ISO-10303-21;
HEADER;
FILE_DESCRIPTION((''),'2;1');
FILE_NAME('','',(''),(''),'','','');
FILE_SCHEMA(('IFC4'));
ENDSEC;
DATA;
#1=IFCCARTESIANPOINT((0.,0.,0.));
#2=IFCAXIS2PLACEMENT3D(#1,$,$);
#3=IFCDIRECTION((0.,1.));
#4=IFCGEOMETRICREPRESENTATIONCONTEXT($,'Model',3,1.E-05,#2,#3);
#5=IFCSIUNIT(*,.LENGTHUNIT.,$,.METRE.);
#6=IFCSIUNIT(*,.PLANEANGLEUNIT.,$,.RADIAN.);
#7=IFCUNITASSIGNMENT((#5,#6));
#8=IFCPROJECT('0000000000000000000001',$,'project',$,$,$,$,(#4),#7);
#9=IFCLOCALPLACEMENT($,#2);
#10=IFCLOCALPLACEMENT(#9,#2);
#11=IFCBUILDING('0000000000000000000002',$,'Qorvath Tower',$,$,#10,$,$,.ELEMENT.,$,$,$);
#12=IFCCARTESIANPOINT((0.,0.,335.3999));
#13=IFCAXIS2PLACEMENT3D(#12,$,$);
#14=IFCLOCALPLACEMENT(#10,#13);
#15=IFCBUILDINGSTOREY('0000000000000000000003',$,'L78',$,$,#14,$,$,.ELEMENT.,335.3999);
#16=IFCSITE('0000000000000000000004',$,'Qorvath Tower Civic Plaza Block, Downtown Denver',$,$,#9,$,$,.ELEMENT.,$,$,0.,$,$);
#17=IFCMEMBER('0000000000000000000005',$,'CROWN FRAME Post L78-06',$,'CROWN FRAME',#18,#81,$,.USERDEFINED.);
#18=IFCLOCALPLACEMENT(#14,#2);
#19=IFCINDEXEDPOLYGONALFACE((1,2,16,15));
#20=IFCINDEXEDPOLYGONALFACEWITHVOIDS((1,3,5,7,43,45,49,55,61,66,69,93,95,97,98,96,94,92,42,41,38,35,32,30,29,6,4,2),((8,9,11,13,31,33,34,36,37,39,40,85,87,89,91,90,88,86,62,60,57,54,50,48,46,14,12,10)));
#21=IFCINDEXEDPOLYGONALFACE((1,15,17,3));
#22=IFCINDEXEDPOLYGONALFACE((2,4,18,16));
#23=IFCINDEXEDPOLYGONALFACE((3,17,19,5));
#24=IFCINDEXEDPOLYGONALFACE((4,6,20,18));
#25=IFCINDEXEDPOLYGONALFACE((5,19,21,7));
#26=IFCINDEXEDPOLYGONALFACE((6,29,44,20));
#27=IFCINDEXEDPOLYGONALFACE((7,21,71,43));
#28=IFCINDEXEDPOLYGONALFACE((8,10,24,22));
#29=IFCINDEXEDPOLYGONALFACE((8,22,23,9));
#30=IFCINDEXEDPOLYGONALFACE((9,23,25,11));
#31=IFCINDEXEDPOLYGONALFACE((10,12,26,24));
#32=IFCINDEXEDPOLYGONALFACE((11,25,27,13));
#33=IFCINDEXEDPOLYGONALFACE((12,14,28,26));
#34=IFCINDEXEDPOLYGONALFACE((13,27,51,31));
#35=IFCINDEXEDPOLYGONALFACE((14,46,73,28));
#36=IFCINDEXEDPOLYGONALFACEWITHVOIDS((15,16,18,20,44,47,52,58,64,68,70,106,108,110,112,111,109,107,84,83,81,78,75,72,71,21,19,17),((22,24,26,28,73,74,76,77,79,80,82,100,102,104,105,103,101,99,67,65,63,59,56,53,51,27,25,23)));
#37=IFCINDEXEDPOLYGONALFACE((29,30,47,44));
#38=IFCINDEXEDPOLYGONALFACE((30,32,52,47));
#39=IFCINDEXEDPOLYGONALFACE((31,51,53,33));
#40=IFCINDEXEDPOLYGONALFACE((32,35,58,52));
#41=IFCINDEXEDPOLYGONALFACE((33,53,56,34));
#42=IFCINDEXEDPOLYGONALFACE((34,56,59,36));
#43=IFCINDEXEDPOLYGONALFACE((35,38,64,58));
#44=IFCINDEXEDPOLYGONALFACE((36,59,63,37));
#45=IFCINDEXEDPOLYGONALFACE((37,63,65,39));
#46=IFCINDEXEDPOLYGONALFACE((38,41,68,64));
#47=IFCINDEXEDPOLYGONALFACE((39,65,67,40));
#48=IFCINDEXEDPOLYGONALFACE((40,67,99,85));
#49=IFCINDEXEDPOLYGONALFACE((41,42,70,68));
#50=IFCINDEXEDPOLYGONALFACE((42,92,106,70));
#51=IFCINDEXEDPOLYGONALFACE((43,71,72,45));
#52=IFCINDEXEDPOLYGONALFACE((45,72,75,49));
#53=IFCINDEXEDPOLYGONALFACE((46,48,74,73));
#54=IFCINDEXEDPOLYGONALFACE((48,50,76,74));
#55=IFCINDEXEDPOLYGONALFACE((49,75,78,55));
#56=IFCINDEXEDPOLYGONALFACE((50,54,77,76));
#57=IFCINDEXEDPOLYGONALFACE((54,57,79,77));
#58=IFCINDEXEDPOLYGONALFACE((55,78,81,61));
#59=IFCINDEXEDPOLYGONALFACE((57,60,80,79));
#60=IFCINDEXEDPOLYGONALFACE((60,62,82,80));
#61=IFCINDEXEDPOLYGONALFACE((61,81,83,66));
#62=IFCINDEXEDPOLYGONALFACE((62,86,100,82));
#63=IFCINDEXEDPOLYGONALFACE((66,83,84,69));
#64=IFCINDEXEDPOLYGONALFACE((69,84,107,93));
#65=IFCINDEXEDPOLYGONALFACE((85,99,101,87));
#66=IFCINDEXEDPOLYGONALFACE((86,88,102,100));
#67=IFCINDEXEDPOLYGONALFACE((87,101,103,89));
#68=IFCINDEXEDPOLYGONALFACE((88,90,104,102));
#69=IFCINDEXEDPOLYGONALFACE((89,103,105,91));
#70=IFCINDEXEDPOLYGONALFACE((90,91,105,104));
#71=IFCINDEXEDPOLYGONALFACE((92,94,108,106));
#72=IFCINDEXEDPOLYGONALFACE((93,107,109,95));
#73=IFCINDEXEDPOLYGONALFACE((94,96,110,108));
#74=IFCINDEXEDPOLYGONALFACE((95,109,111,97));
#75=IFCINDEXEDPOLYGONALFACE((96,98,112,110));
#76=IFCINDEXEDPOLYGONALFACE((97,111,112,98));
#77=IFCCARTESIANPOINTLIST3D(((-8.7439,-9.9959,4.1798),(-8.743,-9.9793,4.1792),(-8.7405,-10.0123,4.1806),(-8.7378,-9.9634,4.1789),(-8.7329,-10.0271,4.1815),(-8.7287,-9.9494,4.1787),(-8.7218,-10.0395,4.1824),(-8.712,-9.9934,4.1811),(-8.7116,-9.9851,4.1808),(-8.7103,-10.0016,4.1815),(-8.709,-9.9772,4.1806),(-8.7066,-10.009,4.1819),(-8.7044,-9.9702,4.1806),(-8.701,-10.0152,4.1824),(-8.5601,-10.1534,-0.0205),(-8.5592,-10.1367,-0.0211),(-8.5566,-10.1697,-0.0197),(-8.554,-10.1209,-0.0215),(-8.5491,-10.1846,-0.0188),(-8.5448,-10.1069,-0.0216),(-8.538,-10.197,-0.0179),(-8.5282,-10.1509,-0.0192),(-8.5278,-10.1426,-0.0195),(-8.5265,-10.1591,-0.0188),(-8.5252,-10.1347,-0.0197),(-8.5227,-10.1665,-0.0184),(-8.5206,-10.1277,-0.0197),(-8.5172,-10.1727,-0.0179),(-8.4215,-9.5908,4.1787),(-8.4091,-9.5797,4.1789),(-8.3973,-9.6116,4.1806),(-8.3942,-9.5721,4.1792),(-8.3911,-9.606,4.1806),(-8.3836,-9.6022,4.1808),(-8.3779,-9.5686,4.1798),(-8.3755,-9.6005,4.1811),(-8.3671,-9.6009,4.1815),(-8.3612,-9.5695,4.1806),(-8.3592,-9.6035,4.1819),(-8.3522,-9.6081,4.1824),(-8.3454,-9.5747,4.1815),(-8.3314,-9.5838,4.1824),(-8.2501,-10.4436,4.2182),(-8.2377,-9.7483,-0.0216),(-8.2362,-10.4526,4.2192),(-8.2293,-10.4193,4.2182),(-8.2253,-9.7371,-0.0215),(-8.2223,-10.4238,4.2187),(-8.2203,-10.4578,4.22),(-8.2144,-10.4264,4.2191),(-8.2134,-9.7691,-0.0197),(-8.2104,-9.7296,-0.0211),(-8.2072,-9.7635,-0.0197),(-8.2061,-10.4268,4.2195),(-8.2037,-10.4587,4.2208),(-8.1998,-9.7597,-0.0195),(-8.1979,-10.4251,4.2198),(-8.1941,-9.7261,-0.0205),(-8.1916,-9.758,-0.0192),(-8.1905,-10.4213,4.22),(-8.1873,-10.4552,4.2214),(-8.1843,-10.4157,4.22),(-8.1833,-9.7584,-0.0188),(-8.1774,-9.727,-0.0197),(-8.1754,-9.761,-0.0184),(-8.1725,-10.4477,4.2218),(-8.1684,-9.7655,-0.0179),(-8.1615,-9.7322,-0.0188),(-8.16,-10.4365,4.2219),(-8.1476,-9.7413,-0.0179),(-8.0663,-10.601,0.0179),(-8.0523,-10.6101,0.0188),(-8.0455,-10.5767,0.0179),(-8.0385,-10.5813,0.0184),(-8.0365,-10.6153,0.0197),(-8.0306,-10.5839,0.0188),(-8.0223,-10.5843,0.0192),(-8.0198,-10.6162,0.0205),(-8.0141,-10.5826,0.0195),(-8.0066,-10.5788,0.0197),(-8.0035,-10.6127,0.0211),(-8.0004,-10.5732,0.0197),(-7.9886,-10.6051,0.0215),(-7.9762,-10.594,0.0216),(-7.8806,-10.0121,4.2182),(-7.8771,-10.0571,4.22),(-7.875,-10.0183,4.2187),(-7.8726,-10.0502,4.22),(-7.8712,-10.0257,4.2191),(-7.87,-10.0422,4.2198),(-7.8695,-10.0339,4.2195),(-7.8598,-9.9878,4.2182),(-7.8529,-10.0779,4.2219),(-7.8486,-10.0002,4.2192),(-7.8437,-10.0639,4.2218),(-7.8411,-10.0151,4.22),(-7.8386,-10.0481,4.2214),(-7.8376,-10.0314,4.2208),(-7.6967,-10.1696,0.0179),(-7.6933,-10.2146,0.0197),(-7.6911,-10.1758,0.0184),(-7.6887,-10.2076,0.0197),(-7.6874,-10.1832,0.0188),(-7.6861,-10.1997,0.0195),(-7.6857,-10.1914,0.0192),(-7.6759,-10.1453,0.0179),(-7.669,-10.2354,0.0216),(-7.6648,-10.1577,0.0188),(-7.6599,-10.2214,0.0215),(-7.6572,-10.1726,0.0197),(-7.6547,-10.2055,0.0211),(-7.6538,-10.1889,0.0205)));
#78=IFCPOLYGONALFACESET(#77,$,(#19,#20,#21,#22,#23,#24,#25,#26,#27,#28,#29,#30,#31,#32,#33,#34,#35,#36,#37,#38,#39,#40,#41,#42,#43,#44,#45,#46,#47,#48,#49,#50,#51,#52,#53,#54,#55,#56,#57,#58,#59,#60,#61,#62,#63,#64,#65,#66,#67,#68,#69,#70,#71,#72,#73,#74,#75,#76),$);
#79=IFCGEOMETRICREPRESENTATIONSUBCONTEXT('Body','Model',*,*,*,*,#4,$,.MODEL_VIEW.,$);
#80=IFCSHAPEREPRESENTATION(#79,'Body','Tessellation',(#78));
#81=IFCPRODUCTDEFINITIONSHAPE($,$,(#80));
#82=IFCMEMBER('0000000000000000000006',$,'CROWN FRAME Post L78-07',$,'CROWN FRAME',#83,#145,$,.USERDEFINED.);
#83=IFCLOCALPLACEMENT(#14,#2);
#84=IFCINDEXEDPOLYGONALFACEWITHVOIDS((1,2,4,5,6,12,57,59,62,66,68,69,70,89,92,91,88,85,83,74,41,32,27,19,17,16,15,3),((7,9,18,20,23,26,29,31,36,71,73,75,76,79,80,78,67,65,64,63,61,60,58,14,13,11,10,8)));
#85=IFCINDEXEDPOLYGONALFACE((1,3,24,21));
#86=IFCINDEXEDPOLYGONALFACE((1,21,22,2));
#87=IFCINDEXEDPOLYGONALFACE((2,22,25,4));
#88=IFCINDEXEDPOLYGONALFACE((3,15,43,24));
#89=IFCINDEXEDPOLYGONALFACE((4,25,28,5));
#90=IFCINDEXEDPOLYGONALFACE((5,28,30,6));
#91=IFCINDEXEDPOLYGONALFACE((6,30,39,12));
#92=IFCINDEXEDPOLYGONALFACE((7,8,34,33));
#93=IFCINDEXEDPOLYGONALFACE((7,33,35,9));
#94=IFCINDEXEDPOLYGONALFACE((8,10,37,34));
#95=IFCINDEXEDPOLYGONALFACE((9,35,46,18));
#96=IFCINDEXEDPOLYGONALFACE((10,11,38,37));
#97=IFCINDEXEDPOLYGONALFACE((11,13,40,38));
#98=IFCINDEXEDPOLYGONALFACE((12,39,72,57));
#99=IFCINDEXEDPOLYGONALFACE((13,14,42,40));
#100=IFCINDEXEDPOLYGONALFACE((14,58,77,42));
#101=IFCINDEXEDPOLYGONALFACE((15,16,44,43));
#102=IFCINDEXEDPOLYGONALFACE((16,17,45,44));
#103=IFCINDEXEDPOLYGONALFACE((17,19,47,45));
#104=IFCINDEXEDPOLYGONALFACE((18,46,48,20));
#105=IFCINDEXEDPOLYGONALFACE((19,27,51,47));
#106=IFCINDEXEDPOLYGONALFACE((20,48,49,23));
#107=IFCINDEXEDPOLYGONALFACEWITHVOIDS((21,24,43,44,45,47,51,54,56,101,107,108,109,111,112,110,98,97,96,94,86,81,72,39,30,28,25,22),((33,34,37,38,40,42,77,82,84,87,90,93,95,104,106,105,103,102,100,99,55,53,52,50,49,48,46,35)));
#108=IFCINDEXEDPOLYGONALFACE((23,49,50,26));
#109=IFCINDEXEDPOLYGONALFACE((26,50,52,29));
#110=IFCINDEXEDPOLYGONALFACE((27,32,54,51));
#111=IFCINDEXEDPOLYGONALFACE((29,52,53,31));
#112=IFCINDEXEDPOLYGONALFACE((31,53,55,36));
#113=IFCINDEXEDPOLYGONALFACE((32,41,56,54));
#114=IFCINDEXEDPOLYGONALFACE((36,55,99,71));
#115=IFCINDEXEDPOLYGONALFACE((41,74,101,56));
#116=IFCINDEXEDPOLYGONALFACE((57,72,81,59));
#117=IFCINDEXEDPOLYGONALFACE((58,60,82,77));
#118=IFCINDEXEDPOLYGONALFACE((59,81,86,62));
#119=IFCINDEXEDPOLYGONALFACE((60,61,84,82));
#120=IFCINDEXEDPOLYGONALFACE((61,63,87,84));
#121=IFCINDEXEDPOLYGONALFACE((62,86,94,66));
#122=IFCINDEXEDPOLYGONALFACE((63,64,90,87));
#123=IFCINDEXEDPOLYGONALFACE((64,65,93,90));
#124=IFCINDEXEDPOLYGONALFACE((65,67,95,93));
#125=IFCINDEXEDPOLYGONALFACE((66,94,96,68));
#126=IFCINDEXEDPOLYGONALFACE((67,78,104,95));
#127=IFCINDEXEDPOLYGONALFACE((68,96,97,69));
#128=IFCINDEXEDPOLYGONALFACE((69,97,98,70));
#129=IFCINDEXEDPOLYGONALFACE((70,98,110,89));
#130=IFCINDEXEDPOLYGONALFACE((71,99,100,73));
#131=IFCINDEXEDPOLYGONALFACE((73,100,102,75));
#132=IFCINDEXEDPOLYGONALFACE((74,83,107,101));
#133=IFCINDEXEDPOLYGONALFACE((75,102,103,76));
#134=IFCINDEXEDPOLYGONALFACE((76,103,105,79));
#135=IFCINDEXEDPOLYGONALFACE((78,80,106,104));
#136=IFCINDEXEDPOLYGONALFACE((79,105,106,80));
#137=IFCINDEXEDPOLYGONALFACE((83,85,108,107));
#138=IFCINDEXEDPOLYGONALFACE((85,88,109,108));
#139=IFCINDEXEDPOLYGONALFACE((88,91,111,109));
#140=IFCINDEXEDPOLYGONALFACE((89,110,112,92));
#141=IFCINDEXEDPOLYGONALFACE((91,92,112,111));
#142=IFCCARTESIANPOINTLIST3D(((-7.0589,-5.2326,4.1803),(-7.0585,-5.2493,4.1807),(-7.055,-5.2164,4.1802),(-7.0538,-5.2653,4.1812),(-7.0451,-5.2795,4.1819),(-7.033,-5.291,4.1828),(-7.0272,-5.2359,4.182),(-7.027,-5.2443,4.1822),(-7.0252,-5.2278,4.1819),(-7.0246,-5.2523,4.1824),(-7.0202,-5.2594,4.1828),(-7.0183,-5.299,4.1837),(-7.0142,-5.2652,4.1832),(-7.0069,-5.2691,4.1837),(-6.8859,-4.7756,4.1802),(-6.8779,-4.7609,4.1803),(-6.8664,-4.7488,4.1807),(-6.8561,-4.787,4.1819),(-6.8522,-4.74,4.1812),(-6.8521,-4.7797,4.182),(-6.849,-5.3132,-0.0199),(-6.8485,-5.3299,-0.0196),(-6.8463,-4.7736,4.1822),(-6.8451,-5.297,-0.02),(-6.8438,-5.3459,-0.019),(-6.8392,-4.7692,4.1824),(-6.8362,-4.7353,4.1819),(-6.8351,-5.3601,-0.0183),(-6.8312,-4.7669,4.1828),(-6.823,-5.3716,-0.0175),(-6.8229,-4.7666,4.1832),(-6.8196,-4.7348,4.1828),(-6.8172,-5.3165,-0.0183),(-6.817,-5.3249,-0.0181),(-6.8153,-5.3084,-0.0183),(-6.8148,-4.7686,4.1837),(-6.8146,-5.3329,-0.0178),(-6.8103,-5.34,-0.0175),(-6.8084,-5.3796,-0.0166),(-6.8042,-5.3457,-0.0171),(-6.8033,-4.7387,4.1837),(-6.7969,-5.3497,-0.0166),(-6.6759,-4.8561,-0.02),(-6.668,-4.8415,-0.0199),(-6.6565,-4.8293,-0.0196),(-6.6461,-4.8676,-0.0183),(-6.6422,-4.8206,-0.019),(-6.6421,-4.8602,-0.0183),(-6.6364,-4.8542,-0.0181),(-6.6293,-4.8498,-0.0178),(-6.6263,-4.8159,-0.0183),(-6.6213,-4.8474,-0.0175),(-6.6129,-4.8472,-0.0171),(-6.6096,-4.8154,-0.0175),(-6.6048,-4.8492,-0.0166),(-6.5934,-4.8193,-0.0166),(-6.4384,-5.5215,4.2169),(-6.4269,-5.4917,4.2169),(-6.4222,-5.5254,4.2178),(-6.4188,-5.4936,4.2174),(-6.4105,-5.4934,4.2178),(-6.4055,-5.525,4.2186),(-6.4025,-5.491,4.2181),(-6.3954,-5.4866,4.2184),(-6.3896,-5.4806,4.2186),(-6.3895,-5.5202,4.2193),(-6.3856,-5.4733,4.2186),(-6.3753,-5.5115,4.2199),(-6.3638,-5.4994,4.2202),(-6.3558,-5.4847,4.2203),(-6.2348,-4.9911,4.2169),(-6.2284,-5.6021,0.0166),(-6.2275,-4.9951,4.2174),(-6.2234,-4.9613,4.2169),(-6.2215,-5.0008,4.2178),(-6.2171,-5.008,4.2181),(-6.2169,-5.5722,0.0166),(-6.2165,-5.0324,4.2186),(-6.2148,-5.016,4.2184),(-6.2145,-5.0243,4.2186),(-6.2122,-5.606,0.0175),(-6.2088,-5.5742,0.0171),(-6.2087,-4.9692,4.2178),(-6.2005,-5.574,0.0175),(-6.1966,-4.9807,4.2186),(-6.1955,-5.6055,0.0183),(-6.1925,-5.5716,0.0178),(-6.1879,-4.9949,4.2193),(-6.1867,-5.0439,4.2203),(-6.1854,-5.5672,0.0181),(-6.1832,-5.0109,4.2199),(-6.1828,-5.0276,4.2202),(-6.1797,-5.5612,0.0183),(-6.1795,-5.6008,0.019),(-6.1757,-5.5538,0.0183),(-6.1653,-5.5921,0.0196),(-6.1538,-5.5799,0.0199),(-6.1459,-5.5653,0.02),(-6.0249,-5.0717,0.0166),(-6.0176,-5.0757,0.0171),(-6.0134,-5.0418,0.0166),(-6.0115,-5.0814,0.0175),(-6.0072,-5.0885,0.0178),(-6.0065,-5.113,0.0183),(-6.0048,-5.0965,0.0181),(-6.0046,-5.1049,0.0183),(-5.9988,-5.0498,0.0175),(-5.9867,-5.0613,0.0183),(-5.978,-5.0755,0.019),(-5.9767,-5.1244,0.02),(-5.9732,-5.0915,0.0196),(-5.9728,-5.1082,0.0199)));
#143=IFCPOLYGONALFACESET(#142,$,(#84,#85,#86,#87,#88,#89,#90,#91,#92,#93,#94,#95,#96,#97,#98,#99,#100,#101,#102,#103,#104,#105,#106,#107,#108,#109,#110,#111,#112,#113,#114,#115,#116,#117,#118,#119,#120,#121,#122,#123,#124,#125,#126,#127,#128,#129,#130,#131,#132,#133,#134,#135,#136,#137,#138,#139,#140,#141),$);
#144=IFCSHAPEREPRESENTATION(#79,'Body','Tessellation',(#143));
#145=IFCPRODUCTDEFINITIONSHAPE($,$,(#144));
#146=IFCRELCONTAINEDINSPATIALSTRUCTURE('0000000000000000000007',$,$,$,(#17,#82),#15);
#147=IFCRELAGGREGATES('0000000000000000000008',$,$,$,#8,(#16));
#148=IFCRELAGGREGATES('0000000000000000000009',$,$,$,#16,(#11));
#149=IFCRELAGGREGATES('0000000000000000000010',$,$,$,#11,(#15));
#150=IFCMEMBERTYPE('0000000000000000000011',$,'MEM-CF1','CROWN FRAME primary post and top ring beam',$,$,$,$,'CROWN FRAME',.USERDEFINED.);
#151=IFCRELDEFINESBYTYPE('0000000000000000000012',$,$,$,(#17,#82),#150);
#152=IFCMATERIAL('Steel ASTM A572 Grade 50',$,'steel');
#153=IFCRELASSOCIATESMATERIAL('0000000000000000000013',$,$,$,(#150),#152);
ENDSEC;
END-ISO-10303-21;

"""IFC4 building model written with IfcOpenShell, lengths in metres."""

from ifc_helpers import new_model, si_unit, direction, frame, origin, origin_2d, place, context, subcontext, project, spatial, hollow_rectangle, extrude, material, material_profile, profile_set, type_object, element, save


model = new_model("IFC4")

# Units and contexts
model_context = context("Model", 3, precision=1e-05, world=origin(), true_north=direction((0.0, 1.0)))
body_context = subcontext(model_context, "Body", "Model", "MODEL_VIEW")
ifc_project = project(units=[si_unit("LENGTHUNIT", "METRE"), si_unit("PLANEANGLEUNIT", "RADIAN")], contexts=[model_context])

# Site, building, storey
site_placement = place(None, origin())
site = spatial("IfcSite", under=ifc_project, at=site_placement, Name="Qorvath Tower Civic Plaza Block, Downtown Denver", CompositionType="ELEMENT", RefElevation=0.0)
building_placement = place(site_placement, origin())
building = spatial("IfcBuilding", under=site, at=building_placement, Name="Qorvath Tower", CompositionType="ELEMENT")
storey_placement = place(building_placement, frame((0.0, 0.0, 335.3999)))
storey = spatial("IfcBuildingStorey", under=building, at=storey_placement, Name="L78", CompositionType="ELEMENT", Elevation=335.3999)

# Members
ifc_material_1 = material(Name="Steel ASTM A572 Grade 50", Category="steel")
ifc_material_profile_1 = material_profile(ifc_material_1, hollow_rectangle(XDim=0.6001, YDim=0.75, WallThickness=0.032, InnerFilletRadius=0.032, OuterFilletRadius=0.064, at=origin_2d()), Name="CROWN BOX 750x600x32")
ifc_profile_set_1 = profile_set([ifc_material_profile_1], Name="Steel ASTM A572 Grade 50")
member_type_1 = type_object("IfcMemberType", Name="MEM-CF1", Description="CROWN FRAME primary post and top ring beam", ElementType="CROWN FRAME", PredefinedType="USERDEFINED", material=ifc_profile_set_1)
member_1_placement = place(storey_placement, frame((-8.1069, -10.1711, 0.0), z_axis=(-0.043696, 0.037429, 0.998343), x_axis=(-0.650542, -0.75947, 0.0)))
element("IfcMember", 1, at=member_1_placement, inside=storey, type_object=member_type_1, Name="CROWN FRAME Post L78-06", ObjectType="CROWN FRAME", PredefinedType="USERDEFINED", context=body_context, shape_type="SweptSolid", body=[
    extrude(hollow_rectangle(XDim=0.6001, YDim=0.75, WallThickness=0.032, InnerFilletRadius=0.032, OuterFilletRadius=0.064, at=origin_2d()), origin(), (0.0, 0.0, 1.0), 4.2073),
])
member_2_placement = place(storey_placement, frame((-6.4109, -5.2107, 0.0), z_axis=(-0.049917, 0.019154, 0.99857), x_axis=(-0.358251, -0.933625, 0.0)))
element("IfcMember", 2, at=member_2_placement, inside=storey, type_object=member_type_1, Name="CROWN FRAME Post L78-07", ObjectType="CROWN FRAME", PredefinedType="USERDEFINED", context=body_context, shape_type="SweptSolid", body=[
    extrude(hollow_rectangle(XDim=0.6001, YDim=0.75, WallThickness=0.032, InnerFilletRadius=0.032, OuterFilletRadius=0.064, at=origin_2d()), origin(), (0.0, 0.0, 1.0), 4.2063),
])

save(model, "model.ifc")
